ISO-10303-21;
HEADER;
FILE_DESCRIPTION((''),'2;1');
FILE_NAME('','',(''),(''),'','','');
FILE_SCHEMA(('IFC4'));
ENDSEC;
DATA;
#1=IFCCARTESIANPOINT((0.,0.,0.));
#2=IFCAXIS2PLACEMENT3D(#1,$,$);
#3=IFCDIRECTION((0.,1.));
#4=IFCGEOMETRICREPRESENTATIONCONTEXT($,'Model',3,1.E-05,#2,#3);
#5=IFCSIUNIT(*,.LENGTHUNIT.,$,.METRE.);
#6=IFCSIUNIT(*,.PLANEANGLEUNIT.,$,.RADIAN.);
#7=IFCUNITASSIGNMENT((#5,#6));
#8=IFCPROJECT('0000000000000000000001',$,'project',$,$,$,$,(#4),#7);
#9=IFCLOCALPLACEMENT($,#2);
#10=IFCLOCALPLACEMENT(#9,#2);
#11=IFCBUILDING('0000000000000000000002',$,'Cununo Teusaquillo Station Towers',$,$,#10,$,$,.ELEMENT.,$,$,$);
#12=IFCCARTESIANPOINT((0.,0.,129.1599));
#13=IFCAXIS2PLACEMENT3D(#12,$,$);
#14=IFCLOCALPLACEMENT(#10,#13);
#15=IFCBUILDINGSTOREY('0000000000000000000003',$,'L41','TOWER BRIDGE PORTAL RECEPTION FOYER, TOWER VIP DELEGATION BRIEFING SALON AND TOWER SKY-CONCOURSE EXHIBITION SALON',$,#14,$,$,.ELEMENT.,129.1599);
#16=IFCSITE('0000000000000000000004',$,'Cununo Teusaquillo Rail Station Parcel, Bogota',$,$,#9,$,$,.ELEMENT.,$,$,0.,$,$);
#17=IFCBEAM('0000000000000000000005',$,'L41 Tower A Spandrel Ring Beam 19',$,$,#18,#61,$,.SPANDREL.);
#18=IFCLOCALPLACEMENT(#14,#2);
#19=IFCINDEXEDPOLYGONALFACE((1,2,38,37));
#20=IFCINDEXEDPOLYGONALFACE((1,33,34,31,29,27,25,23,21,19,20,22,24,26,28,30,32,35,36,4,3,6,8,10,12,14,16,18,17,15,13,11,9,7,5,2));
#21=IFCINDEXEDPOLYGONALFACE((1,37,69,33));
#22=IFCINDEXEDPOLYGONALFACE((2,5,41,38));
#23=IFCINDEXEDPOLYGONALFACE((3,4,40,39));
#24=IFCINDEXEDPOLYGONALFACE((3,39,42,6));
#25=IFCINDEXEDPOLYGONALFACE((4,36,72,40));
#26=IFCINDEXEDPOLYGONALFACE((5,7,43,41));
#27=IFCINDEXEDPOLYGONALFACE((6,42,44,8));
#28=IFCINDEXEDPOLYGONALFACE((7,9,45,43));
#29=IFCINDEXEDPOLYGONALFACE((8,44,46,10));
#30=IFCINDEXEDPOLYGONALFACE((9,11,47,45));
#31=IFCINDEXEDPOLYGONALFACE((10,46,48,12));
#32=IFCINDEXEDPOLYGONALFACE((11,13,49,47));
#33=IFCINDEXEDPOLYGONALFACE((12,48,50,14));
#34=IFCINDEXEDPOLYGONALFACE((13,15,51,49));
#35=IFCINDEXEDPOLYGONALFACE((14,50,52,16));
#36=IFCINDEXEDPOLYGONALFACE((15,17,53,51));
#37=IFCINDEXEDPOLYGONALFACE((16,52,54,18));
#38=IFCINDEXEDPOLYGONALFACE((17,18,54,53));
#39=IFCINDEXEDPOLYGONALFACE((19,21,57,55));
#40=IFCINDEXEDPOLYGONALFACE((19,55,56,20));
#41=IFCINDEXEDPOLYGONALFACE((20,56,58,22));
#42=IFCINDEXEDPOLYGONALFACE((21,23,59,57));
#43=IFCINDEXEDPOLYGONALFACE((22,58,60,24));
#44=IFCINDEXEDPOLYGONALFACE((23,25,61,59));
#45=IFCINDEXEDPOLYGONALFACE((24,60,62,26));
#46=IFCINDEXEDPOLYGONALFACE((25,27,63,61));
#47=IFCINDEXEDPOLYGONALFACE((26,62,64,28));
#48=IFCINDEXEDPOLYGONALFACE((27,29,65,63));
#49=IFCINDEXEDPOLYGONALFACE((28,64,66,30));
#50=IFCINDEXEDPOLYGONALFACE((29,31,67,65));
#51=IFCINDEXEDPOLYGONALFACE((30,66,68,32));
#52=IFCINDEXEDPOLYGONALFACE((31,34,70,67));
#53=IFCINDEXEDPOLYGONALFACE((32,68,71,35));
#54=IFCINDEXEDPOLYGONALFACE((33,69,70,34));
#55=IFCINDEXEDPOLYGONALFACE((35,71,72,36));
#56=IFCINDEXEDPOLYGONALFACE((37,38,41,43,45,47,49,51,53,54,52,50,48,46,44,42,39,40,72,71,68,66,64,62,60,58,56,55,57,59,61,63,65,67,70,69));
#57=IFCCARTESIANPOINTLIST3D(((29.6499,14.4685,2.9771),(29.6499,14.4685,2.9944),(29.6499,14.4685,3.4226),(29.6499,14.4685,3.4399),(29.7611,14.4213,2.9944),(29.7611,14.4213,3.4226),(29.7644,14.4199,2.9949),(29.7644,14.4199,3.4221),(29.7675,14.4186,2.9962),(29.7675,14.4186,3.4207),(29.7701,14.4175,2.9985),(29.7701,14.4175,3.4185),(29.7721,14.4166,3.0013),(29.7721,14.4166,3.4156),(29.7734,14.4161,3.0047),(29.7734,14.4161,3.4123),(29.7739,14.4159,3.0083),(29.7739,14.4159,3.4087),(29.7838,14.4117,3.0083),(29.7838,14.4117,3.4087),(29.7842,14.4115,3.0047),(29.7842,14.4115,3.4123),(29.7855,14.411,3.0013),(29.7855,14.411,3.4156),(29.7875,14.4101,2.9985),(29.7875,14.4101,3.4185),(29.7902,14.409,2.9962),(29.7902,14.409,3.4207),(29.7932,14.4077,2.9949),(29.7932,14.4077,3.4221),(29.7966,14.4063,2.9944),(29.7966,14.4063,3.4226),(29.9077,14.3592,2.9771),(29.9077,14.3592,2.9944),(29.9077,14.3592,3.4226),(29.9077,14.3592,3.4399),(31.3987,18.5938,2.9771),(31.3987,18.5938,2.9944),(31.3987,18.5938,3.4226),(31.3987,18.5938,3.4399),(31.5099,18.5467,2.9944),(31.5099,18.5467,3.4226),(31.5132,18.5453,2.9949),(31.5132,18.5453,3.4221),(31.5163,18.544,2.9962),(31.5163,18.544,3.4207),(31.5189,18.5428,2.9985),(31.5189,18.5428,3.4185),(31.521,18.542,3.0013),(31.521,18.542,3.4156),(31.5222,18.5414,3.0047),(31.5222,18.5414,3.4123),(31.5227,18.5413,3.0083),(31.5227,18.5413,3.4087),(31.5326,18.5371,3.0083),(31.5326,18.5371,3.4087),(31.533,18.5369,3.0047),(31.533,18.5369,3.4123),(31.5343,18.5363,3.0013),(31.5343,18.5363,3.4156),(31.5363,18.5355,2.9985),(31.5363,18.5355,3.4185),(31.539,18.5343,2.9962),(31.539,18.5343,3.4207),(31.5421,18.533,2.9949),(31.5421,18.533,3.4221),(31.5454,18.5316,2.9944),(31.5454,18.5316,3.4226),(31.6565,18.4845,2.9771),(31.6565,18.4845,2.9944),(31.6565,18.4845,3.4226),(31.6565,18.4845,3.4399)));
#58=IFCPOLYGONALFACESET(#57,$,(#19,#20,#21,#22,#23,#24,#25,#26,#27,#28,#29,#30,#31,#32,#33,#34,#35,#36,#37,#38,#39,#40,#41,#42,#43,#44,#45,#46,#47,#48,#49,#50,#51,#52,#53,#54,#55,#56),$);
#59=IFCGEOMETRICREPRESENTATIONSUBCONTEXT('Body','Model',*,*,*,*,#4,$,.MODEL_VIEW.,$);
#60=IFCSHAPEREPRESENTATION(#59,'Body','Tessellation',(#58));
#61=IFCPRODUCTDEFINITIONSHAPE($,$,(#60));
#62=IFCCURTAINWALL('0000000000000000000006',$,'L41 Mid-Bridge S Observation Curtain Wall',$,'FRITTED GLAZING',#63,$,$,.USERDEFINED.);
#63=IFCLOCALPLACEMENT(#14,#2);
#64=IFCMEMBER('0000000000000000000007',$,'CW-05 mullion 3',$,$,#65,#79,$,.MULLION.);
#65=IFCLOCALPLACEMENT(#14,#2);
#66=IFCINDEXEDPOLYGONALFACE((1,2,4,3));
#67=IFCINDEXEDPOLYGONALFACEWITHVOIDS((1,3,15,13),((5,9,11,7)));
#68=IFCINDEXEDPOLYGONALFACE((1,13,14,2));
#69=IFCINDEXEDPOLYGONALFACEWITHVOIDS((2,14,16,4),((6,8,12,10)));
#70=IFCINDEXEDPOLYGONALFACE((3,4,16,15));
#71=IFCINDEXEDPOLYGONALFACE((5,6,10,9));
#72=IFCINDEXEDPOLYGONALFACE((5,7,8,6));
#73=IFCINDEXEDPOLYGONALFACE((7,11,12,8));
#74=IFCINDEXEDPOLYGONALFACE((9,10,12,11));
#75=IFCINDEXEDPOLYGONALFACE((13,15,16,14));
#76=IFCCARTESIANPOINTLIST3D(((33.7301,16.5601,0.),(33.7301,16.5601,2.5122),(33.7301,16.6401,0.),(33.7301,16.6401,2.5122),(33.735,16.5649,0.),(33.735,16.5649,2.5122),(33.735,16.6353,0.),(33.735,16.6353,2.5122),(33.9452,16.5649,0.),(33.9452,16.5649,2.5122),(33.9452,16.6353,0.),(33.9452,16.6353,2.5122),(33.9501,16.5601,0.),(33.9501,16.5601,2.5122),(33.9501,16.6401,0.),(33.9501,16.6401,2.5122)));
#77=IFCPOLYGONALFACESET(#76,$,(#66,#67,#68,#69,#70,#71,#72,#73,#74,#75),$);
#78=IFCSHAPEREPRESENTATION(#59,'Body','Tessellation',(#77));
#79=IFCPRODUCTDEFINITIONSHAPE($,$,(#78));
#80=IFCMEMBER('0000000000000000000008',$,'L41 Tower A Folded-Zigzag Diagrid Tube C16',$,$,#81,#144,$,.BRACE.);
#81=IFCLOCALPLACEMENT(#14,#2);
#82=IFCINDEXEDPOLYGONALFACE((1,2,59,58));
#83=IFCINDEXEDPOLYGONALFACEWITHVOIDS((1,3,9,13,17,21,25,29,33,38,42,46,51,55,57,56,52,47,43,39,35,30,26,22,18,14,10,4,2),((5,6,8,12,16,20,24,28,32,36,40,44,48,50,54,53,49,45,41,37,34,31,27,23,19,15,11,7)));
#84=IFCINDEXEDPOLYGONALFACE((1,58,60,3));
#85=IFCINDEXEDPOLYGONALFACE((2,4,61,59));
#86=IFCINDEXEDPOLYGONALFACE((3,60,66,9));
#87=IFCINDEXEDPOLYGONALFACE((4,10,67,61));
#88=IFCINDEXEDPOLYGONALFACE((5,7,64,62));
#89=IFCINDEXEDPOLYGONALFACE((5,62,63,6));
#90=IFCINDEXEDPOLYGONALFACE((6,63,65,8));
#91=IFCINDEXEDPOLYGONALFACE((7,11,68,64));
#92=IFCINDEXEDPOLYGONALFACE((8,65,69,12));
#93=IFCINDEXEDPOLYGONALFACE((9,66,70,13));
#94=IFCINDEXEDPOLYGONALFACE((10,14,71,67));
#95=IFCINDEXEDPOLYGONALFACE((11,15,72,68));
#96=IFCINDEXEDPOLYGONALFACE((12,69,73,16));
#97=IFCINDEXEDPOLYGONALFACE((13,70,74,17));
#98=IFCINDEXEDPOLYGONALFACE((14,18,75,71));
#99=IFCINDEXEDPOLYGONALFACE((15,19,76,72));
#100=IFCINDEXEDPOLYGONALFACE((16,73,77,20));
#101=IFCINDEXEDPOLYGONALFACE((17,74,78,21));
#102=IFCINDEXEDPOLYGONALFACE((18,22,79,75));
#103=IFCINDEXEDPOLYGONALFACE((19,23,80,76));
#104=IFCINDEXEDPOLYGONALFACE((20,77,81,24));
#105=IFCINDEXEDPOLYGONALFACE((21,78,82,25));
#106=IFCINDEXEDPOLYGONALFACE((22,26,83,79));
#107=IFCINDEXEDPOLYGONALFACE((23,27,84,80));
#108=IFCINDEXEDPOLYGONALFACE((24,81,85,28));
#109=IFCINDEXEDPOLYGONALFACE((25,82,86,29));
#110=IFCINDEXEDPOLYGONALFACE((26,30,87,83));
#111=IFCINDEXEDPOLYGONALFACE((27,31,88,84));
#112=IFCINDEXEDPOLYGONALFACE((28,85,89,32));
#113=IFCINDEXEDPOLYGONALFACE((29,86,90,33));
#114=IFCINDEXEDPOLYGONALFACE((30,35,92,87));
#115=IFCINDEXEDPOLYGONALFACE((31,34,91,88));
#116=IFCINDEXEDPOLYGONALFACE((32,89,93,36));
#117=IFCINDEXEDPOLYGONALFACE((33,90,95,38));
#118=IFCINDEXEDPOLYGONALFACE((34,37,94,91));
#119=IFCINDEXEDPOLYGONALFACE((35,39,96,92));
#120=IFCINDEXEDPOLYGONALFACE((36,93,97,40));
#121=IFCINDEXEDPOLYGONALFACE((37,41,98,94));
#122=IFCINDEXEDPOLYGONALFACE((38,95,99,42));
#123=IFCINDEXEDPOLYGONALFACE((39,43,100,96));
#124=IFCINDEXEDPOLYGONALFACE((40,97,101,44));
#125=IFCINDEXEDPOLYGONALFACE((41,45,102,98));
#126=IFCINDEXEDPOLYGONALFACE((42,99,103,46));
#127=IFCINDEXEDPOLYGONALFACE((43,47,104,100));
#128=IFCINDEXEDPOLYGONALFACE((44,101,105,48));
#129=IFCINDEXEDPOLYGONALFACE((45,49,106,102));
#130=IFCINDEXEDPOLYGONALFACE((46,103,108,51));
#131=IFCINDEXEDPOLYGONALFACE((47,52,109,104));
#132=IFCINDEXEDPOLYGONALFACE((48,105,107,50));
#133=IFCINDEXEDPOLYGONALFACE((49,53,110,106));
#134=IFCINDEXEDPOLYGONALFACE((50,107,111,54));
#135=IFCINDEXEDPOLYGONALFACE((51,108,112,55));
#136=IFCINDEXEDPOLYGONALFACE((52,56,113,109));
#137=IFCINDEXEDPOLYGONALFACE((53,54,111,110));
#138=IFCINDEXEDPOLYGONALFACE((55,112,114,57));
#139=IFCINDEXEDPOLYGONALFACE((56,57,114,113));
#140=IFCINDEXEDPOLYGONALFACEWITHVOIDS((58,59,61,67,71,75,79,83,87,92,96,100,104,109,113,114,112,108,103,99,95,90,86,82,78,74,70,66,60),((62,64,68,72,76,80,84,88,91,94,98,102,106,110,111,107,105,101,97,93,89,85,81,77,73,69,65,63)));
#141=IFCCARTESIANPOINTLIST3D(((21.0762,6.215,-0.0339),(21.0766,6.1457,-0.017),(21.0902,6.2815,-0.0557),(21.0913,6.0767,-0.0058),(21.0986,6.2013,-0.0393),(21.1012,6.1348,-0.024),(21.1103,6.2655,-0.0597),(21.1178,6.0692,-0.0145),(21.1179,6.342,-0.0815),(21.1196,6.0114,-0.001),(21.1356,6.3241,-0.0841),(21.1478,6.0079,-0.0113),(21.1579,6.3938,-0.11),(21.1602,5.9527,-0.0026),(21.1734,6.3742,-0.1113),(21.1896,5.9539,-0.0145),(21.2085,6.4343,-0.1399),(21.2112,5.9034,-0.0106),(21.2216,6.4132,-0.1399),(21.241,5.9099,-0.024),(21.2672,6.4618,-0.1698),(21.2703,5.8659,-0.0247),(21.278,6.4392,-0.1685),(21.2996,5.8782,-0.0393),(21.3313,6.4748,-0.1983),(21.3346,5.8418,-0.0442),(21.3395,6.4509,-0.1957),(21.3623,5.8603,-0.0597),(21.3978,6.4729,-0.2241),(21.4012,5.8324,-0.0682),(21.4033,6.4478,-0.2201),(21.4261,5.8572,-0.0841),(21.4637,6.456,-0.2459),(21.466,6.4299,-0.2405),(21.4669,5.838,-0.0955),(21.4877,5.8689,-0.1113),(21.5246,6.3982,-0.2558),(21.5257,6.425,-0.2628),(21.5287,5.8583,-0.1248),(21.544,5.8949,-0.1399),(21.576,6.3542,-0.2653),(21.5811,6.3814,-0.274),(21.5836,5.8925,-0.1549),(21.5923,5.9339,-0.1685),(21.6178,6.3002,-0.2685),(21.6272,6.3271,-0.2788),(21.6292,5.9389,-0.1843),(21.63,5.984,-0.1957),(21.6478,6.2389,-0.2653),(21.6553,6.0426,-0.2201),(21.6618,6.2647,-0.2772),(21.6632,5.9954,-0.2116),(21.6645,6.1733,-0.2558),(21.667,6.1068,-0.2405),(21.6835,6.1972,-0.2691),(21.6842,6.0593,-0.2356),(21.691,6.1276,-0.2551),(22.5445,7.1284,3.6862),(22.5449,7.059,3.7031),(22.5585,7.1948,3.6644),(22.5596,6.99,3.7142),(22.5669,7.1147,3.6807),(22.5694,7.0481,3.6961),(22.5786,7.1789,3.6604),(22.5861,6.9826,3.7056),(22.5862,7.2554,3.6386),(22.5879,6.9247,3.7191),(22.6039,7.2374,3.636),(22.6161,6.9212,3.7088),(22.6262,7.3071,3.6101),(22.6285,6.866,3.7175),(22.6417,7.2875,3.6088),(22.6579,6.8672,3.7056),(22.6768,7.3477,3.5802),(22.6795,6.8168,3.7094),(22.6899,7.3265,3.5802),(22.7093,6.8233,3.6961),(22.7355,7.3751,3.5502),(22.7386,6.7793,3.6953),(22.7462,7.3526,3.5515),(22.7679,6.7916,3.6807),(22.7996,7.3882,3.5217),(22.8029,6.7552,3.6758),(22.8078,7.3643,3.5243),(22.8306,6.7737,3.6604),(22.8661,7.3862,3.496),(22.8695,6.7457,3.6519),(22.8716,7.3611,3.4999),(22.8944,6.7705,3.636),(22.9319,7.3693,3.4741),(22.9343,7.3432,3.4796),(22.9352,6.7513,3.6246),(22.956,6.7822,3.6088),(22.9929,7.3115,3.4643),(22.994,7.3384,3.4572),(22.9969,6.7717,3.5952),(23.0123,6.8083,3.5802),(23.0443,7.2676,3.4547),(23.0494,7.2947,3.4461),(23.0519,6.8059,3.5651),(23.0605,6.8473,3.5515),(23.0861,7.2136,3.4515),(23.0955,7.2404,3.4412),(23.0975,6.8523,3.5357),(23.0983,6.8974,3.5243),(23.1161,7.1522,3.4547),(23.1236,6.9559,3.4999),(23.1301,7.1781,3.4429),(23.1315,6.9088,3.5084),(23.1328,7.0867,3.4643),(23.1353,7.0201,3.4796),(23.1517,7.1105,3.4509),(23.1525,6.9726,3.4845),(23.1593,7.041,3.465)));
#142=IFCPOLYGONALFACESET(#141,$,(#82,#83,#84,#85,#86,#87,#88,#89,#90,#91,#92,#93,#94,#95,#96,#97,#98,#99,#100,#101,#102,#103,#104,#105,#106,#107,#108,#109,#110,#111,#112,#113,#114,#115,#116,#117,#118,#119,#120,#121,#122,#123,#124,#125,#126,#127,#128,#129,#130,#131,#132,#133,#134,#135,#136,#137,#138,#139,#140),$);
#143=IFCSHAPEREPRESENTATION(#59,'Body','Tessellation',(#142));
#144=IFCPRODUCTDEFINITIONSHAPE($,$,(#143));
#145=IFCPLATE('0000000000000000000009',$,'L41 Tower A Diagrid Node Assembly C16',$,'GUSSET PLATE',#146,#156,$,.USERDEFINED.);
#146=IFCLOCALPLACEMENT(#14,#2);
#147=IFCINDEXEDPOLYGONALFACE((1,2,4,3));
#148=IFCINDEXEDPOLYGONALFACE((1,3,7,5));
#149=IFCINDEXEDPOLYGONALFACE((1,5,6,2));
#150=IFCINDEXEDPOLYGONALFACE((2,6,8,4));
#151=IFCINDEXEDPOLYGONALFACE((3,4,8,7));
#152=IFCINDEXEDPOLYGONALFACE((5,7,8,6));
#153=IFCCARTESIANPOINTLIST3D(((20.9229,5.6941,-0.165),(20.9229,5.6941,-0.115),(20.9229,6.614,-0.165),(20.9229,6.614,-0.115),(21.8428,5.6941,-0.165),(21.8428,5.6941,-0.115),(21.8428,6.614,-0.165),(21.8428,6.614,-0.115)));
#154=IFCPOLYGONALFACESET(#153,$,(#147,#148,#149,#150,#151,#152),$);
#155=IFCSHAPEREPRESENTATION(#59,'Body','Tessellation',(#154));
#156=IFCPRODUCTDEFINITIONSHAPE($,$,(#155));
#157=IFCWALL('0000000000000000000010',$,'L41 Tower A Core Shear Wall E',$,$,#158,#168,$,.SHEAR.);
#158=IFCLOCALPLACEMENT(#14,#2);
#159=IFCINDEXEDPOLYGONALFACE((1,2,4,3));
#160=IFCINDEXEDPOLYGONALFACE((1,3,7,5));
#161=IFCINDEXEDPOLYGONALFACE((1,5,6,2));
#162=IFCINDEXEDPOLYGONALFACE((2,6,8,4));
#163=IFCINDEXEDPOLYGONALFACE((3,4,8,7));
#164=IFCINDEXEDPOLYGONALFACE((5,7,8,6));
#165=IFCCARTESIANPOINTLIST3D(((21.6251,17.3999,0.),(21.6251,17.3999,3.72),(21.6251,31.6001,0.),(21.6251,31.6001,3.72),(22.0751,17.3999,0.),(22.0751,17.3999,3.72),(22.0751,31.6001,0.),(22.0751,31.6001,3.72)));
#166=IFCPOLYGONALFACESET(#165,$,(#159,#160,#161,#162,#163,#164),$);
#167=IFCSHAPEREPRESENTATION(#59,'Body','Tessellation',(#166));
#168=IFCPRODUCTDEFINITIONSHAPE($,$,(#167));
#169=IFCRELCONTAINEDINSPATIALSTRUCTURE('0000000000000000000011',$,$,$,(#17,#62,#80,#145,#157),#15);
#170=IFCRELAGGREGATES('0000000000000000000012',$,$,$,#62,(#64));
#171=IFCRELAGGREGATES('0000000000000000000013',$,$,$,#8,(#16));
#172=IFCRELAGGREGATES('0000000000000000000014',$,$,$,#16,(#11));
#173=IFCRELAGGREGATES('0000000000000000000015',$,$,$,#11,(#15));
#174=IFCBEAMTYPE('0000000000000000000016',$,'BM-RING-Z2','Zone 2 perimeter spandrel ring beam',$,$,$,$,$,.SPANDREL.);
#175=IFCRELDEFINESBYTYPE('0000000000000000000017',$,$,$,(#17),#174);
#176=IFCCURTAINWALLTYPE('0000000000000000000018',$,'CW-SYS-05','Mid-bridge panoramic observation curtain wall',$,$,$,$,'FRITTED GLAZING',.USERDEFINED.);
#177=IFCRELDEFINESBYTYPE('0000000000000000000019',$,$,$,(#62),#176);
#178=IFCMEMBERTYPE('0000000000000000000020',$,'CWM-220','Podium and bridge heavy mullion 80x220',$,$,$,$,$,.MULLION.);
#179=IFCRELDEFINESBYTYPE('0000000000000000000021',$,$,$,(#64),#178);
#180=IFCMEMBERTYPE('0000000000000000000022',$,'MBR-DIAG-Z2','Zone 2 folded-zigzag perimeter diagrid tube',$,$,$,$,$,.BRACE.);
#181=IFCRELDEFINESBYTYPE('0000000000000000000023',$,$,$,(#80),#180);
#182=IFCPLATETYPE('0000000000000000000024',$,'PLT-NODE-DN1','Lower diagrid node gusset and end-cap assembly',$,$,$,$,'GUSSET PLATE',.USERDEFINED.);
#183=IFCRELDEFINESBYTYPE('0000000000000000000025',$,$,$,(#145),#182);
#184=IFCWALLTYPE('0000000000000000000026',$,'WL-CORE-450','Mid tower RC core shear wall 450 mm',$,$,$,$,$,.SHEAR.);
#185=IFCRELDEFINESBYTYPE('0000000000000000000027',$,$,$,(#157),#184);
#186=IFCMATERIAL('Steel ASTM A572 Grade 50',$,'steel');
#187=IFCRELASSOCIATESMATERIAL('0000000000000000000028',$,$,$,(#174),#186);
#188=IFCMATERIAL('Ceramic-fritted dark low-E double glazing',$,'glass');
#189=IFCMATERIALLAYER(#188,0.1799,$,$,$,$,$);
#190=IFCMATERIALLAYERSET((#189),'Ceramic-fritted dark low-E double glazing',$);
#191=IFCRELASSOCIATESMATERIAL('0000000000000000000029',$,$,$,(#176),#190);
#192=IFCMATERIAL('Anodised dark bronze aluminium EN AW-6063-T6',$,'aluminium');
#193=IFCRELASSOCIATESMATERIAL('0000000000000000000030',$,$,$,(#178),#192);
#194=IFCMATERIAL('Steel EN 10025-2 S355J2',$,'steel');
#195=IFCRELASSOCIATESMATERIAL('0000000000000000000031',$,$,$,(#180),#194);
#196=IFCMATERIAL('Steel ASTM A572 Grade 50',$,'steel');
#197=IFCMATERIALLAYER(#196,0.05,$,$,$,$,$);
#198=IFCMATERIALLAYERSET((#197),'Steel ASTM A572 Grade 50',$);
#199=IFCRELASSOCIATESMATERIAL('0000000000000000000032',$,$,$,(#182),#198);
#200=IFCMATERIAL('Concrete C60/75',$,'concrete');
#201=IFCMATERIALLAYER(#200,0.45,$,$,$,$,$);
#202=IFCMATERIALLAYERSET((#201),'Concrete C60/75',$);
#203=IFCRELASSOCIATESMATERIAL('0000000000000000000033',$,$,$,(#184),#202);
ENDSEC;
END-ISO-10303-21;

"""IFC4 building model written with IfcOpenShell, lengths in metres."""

from ifc_helpers import new_model, si_unit, direction, frame, frame_2d, origin, origin_2d, place, context, subcontext, project, spatial, rectangle, hollow_rectangle, hollow_circle, i_section, extrude, source, transform, mapped, material, layer, layer_set, material_profile, profile_set, type_object, element, aggregate, save


model = new_model("IFC4")

# Units and contexts
model_context = context("Model", 3, precision=1e-05, world=origin(), true_north=direction((0.0, 1.0)))
body_context = subcontext(model_context, "Body", "Model", "MODEL_VIEW")
ifc_project = project(units=[si_unit("LENGTHUNIT", "METRE"), si_unit("PLANEANGLEUNIT", "RADIAN")], contexts=[model_context])

# Site, building, storey
site_placement = place(None, origin())
site = spatial("IfcSite", under=ifc_project, at=site_placement, Name="Cununo Teusaquillo Rail Station Parcel, Bogota", CompositionType="ELEMENT", RefElevation=0.0)
building_placement = place(site_placement, origin())
building = spatial("IfcBuilding", under=site, at=building_placement, Name="Cununo Teusaquillo Station Towers", CompositionType="ELEMENT")
storey_placement = place(building_placement, frame((0.0, 0.0, 129.1599)))
storey = spatial("IfcBuildingStorey", under=building, at=storey_placement, Name="L41", Description="TOWER BRIDGE PORTAL RECEPTION FOYER, TOWER VIP DELEGATION BRIEFING SALON AND TOWER SKY-CONCOURSE EXHIBITION SALON", CompositionType="ELEMENT", Elevation=129.1599)

# Beam
ifc_material_1 = material(Name="Steel ASTM A572 Grade 50", Category="steel")
ifc_material_profile_1 = material_profile(ifc_material_1, i_section(OverallWidth=0.28, OverallDepth=0.4629, WebThickness=0.0107, FlangeThickness=0.0173, FilletRadius=0.0139, at=origin_2d()), Name="W18X76")
ifc_profile_set_1 = profile_set([ifc_material_profile_1], Name="Steel ASTM A572 Grade 50")
beam_type_1 = type_object("IfcBeamType", Name="BM-RING-Z2", Description="Zone 2 perimeter spandrel ring beam", PredefinedType="SPANDREL", material=ifc_profile_set_1)
beam_1_placement = place(storey_placement, frame((29.7788, 14.4138, 3.2085), z_axis=(0.390299, 0.920688, 0.0), x_axis=(-0.920688, 0.390299, 0.0)))
element("IfcBeam", 1, at=beam_1_placement, inside=storey, type_object=beam_type_1, Name="L41 Tower A Spandrel Ring Beam 19", PredefinedType="SPANDREL", context=body_context, shape_type="SweptSolid", body=[
    extrude(i_section(OverallWidth=0.28, OverallDepth=0.4629, WebThickness=0.0107, FlangeThickness=0.0173, FilletRadius=0.0139, at=origin_2d()), origin(), (0.0, 0.0, 1.0), 4.4807),
])

# Curtain wall, member
ifc_material_2 = material(Name="Ceramic-fritted dark low-E double glazing", Category="glass")
ifc_layer_1 = layer(ifc_material_2, 0.1799)
ifc_layer_set_1 = layer_set([ifc_layer_1], Name="Ceramic-fritted dark low-E double glazing")
curtain_wall_type = type_object("IfcCurtainWallType", Name="CW-SYS-05", Description="Mid-bridge panoramic observation curtain wall", ElementType="FRITTED GLAZING", PredefinedType="USERDEFINED", material=ifc_layer_set_1)
curtain_wall_placement = place(storey_placement, origin())
curtain_wall = element("IfcCurtainWall", 2, at=curtain_wall_placement, inside=storey, type_object=curtain_wall_type, Name="L41 Mid-Bridge S Observation Curtain Wall", ObjectType="FRITTED GLAZING", PredefinedType="USERDEFINED")
ifc_material_3 = material(Name="Anodised dark bronze aluminium EN AW-6063-T6", Category="aluminium")
ifc_material_profile_2 = material_profile(ifc_material_3, hollow_rectangle(XDim=0.0801, YDim=0.22, WallThickness=0.0049, at=origin_2d()), Name="CW-MULL-80x220")
ifc_profile_set_2 = profile_set([ifc_material_profile_2], Name="Anodised dark bronze aluminium EN AW-6063-T6")
member_type_1 = type_object("IfcMemberType", Name="CWM-220", Description="Podium and bridge heavy mullion 80x220", PredefinedType="MULLION", material=ifc_profile_set_2)
member_1_placement = place(storey_placement, frame((33.8401, 16.6001, 0.0), z_axis=(0.0, 0.0, 1.0), x_axis=(0.0, -1.0, 0.0)))
member_1 = element("IfcMember", 3, at=member_1_placement, type_object=member_type_1, Name="CW-05 mullion 3", PredefinedType="MULLION", context=body_context, shape_type="SweptSolid", body=[
    extrude(hollow_rectangle(XDim=0.0801, YDim=0.22, WallThickness=0.0049, at=origin_2d()), origin(), (0.0, 0.0, 1.0), 2.5122),
])
aggregate(curtain_wall, [member_1])

# Member
ifc_material_4 = material(Name="Steel EN 10025-2 S355J2", Category="steel")
ifc_material_profile_3 = material_profile(ifc_material_4, hollow_circle(Radius=0.3301, WallThickness=0.0249, at=origin_2d()), Name="CHS 660x25")
ifc_profile_set_3 = profile_set([ifc_material_profile_3], Name="Steel EN 10025-2 S355J2")
member_type_2 = type_object("IfcMemberType", Name="MBR-DIAG-Z2", Description="Zone 2 folded-zigzag perimeter diagrid tube", PredefinedType="BRACE", material=ifc_profile_set_3)
member_2_placement = place(storey_placement, frame((21.3828, 6.1541, -0.1399), z_axis=(0.357919, 0.222643, 0.906821), x_axis=(-0.528196, 0.849123, 0.0)))
element("IfcMember", 4, at=member_2_placement, inside=storey, type_object=member_type_2, Name="L41 Tower A Folded-Zigzag Diagrid Tube C16", PredefinedType="BRACE", context=body_context, shape_type="SweptSolid", body=[
    extrude(hollow_circle(Radius=0.3301, WallThickness=0.0249, at=origin_2d()), origin(), (0.0, 0.0, 1.0), 4.1023),
])

# Plate
ifc_material_5 = material(Name="Steel ASTM A572 Grade 50", Category="steel")
ifc_layer_2 = layer(ifc_material_5, 0.05)
ifc_layer_set_2 = layer_set([ifc_layer_2], Name="Steel ASTM A572 Grade 50")
plate_type = type_object("IfcPlateType", Name="PLT-NODE-DN1", Description="Lower diagrid node gusset and end-cap assembly", ElementType="GUSSET PLATE", PredefinedType="USERDEFINED", material=ifc_layer_set_2)
shared_shape_1 = source(origin(), body_context, "Body", "SweptSolid", [
    extrude(rectangle(XDim=0.9199, YDim=0.9199, at=origin_2d()), origin(), (0.0, 0.0, 1.0), 0.05),
])
plate_placement = place(storey_placement, frame((21.3828, 6.1541, -0.165), z_axis=(0.0, 0.0, 1.0), x_axis=(1.0, 0.0, 0.0)))
element("IfcPlate", 5, at=plate_placement, inside=storey, type_object=plate_type, Name="L41 Tower A Diagrid Node Assembly C16", ObjectType="GUSSET PLATE", PredefinedType="USERDEFINED", context=body_context, shape_type="MappedRepresentation", body=[
    mapped(shared_shape_1, transform((0.0, 0.0, 0.0), x_axis=(1.0, 0.0, 0.0), y_axis=(0.0, 1.0, 0.0), z_axis=(0.0, 0.0, 1.0), scale=1.0)),
])

# Wall
ifc_material_6 = material(Name="Concrete C60/75", Category="concrete")
ifc_layer_3 = layer(ifc_material_6, 0.45)
ifc_layer_set_3 = layer_set([ifc_layer_3], Name="Concrete C60/75")
wall_type_1 = type_object("IfcWallType", Name="WL-CORE-450", Description="Mid tower RC core shear wall 450 mm", PredefinedType="SHEAR", material=ifc_layer_set_3)
wall_1_placement = place(storey_placement, frame((21.8501, 17.3999, 0.0), z_axis=(0.0, 0.0, 1.0), x_axis=(0.0, 1.0, 0.0)))
element("IfcWall", 6, at=wall_1_placement, inside=storey, type_object=wall_type_1, Name="L41 Tower A Core Shear Wall E", PredefinedType="SHEAR", context=body_context, shape_type="SweptSolid", body=[
    extrude(rectangle(XDim=14.2002, YDim=0.45, at=frame_2d((7.1001, 0.0))), origin(), (0.0, 0.0, 1.0), 3.72),
])

save(model, "model.ifc")
